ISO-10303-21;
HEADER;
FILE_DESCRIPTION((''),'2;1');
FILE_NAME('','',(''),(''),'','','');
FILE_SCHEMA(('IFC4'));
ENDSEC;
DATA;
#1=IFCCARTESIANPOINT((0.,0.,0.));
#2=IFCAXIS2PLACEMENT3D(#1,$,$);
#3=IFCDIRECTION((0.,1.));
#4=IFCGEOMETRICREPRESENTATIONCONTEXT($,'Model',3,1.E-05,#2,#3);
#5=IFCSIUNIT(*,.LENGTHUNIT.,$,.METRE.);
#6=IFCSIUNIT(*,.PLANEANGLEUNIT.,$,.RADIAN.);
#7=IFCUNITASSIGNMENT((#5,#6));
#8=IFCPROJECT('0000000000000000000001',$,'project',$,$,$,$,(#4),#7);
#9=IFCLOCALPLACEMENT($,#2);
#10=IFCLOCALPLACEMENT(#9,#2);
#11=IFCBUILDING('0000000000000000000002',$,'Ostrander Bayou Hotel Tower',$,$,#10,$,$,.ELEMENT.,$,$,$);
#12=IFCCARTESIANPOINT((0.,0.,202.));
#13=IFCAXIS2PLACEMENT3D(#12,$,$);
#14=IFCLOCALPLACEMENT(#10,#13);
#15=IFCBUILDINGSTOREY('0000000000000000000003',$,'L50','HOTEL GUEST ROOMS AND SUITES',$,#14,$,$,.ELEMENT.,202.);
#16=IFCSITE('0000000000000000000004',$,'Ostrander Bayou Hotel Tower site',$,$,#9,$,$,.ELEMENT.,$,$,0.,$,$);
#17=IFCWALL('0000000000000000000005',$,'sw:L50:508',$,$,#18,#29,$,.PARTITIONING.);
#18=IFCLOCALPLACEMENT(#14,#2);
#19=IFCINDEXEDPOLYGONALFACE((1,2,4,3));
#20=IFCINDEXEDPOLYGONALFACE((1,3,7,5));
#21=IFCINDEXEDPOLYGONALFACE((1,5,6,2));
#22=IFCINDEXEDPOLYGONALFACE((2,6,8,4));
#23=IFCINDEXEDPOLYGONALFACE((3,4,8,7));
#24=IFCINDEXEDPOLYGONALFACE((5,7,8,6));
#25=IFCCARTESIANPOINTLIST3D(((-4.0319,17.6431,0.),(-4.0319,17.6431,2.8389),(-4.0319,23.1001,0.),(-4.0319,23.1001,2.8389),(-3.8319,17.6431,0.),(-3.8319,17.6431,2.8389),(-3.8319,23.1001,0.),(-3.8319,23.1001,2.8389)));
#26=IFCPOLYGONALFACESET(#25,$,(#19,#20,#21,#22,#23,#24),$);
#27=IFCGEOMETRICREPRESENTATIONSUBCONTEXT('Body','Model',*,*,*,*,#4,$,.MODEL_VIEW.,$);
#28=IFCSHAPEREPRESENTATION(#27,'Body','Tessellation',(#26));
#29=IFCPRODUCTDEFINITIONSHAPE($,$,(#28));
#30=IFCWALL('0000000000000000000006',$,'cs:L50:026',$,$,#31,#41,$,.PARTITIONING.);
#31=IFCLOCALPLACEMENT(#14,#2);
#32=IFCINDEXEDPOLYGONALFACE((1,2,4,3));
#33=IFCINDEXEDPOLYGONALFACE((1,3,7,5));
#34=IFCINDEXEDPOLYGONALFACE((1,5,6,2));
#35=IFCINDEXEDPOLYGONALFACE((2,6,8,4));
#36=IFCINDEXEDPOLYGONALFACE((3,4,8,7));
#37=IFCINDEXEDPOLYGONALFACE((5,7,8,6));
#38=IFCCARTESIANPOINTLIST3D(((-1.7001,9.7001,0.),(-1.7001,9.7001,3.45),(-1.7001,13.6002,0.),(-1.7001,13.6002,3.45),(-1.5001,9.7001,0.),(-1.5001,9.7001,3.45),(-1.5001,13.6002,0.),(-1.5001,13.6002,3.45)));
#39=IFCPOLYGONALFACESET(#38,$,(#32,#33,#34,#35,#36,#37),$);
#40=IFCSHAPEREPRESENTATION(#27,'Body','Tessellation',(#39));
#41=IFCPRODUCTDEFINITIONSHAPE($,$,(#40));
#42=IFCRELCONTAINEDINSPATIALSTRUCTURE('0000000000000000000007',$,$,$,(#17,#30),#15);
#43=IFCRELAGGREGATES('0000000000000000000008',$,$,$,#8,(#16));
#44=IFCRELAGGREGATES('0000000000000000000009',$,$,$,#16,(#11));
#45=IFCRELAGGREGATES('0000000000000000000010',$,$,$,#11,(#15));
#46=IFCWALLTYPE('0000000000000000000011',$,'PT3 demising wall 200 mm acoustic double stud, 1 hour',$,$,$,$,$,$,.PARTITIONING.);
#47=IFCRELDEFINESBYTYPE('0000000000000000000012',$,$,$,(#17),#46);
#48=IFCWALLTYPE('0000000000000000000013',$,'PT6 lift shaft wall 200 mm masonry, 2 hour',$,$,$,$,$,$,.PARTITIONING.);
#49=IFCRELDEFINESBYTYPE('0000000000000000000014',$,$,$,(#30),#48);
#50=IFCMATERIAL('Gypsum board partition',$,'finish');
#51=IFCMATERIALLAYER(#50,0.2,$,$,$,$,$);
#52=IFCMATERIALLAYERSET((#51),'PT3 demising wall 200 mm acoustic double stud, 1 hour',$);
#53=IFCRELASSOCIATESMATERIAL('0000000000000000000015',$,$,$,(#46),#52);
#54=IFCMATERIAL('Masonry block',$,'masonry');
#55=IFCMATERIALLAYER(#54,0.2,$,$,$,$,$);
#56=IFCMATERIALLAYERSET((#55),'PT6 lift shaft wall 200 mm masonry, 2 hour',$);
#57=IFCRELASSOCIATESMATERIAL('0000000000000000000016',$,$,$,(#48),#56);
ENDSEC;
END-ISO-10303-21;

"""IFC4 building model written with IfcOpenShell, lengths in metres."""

from ifc_helpers import new_model, si_unit, direction, frame, frame_2d, origin, place, context, subcontext, project, spatial, rectangle, extrude, material, layer, layer_set, type_object, element, save


model = new_model("IFC4")

# Units and contexts
model_context = context("Model", 3, precision=1e-05, world=origin(), true_north=direction((0.0, 1.0)))
body_context = subcontext(model_context, "Body", "Model", "MODEL_VIEW")
ifc_project = project(units=[si_unit("LENGTHUNIT", "METRE"), si_unit("PLANEANGLEUNIT", "RADIAN")], contexts=[model_context])

# Site, building, storey
site_placement = place(None, origin())
site = spatial("IfcSite", under=ifc_project, at=site_placement, Name="Ostrander Bayou Hotel Tower site", CompositionType="ELEMENT", RefElevation=0.0)
building_placement = place(site_placement, origin())
building = spatial("IfcBuilding", under=site, at=building_placement, Name="Ostrander Bayou Hotel Tower", CompositionType="ELEMENT")
storey_placement = place(building_placement, frame((0.0, 0.0, 202.0)))
storey = spatial("IfcBuildingStorey", under=building, at=storey_placement, Name="L50", Description="HOTEL GUEST ROOMS AND SUITES", CompositionType="ELEMENT", Elevation=202.0)

# Wall
ifc_material_1 = material(Name="Gypsum board partition", Category="finish")
ifc_layer_1 = layer(ifc_material_1, 0.2)
ifc_layer_set_1 = layer_set([ifc_layer_1], Name="PT3 demising wall 200 mm acoustic double stud, 1 hour")
wall_type_1 = type_object("IfcWallType", Name="PT3 demising wall 200 mm acoustic double stud, 1 hour", PredefinedType="PARTITIONING", material=ifc_layer_set_1)
wall_1_placement = place(storey_placement, frame((-3.9319, 17.6431, 0.0), z_axis=(0.0, 0.0, 1.0), x_axis=(0.0, 1.0, 0.0)))
element("IfcWall", 1, at=wall_1_placement, inside=storey, type_object=wall_type_1, Name="sw:L50:508", PredefinedType="PARTITIONING", context=body_context, shape_type="SweptSolid", body=[
    extrude(rectangle(XDim=5.457, YDim=0.2, at=frame_2d((2.7285, 0.0))), origin(), (0.0, 0.0, 1.0), 2.8389),
])

# Wall
ifc_material_2 = material(Name="Masonry block", Category="masonry")
ifc_layer_2 = layer(ifc_material_2, 0.2)
ifc_layer_set_2 = layer_set([ifc_layer_2], Name="PT6 lift shaft wall 200 mm masonry, 2 hour")
wall_type_2 = type_object("IfcWallType", Name="PT6 lift shaft wall 200 mm masonry, 2 hour", PredefinedType="PARTITIONING", material=ifc_layer_set_2)
wall_2_placement = place(storey_placement, frame((-1.6001, 9.7, 0.0), z_axis=(0.0, 0.0, 1.0), x_axis=(0.0, 1.0, 0.0)))
element("IfcWall", 2, at=wall_2_placement, inside=storey, type_object=wall_type_2, Name="cs:L50:026", PredefinedType="PARTITIONING", context=body_context, shape_type="SweptSolid", body=[
    extrude(rectangle(XDim=3.9001, YDim=0.2, at=frame_2d((1.9502, 0.0))), origin(), (0.0, 0.0, 1.0), 3.45),
])

save(model, "model.ifc")
